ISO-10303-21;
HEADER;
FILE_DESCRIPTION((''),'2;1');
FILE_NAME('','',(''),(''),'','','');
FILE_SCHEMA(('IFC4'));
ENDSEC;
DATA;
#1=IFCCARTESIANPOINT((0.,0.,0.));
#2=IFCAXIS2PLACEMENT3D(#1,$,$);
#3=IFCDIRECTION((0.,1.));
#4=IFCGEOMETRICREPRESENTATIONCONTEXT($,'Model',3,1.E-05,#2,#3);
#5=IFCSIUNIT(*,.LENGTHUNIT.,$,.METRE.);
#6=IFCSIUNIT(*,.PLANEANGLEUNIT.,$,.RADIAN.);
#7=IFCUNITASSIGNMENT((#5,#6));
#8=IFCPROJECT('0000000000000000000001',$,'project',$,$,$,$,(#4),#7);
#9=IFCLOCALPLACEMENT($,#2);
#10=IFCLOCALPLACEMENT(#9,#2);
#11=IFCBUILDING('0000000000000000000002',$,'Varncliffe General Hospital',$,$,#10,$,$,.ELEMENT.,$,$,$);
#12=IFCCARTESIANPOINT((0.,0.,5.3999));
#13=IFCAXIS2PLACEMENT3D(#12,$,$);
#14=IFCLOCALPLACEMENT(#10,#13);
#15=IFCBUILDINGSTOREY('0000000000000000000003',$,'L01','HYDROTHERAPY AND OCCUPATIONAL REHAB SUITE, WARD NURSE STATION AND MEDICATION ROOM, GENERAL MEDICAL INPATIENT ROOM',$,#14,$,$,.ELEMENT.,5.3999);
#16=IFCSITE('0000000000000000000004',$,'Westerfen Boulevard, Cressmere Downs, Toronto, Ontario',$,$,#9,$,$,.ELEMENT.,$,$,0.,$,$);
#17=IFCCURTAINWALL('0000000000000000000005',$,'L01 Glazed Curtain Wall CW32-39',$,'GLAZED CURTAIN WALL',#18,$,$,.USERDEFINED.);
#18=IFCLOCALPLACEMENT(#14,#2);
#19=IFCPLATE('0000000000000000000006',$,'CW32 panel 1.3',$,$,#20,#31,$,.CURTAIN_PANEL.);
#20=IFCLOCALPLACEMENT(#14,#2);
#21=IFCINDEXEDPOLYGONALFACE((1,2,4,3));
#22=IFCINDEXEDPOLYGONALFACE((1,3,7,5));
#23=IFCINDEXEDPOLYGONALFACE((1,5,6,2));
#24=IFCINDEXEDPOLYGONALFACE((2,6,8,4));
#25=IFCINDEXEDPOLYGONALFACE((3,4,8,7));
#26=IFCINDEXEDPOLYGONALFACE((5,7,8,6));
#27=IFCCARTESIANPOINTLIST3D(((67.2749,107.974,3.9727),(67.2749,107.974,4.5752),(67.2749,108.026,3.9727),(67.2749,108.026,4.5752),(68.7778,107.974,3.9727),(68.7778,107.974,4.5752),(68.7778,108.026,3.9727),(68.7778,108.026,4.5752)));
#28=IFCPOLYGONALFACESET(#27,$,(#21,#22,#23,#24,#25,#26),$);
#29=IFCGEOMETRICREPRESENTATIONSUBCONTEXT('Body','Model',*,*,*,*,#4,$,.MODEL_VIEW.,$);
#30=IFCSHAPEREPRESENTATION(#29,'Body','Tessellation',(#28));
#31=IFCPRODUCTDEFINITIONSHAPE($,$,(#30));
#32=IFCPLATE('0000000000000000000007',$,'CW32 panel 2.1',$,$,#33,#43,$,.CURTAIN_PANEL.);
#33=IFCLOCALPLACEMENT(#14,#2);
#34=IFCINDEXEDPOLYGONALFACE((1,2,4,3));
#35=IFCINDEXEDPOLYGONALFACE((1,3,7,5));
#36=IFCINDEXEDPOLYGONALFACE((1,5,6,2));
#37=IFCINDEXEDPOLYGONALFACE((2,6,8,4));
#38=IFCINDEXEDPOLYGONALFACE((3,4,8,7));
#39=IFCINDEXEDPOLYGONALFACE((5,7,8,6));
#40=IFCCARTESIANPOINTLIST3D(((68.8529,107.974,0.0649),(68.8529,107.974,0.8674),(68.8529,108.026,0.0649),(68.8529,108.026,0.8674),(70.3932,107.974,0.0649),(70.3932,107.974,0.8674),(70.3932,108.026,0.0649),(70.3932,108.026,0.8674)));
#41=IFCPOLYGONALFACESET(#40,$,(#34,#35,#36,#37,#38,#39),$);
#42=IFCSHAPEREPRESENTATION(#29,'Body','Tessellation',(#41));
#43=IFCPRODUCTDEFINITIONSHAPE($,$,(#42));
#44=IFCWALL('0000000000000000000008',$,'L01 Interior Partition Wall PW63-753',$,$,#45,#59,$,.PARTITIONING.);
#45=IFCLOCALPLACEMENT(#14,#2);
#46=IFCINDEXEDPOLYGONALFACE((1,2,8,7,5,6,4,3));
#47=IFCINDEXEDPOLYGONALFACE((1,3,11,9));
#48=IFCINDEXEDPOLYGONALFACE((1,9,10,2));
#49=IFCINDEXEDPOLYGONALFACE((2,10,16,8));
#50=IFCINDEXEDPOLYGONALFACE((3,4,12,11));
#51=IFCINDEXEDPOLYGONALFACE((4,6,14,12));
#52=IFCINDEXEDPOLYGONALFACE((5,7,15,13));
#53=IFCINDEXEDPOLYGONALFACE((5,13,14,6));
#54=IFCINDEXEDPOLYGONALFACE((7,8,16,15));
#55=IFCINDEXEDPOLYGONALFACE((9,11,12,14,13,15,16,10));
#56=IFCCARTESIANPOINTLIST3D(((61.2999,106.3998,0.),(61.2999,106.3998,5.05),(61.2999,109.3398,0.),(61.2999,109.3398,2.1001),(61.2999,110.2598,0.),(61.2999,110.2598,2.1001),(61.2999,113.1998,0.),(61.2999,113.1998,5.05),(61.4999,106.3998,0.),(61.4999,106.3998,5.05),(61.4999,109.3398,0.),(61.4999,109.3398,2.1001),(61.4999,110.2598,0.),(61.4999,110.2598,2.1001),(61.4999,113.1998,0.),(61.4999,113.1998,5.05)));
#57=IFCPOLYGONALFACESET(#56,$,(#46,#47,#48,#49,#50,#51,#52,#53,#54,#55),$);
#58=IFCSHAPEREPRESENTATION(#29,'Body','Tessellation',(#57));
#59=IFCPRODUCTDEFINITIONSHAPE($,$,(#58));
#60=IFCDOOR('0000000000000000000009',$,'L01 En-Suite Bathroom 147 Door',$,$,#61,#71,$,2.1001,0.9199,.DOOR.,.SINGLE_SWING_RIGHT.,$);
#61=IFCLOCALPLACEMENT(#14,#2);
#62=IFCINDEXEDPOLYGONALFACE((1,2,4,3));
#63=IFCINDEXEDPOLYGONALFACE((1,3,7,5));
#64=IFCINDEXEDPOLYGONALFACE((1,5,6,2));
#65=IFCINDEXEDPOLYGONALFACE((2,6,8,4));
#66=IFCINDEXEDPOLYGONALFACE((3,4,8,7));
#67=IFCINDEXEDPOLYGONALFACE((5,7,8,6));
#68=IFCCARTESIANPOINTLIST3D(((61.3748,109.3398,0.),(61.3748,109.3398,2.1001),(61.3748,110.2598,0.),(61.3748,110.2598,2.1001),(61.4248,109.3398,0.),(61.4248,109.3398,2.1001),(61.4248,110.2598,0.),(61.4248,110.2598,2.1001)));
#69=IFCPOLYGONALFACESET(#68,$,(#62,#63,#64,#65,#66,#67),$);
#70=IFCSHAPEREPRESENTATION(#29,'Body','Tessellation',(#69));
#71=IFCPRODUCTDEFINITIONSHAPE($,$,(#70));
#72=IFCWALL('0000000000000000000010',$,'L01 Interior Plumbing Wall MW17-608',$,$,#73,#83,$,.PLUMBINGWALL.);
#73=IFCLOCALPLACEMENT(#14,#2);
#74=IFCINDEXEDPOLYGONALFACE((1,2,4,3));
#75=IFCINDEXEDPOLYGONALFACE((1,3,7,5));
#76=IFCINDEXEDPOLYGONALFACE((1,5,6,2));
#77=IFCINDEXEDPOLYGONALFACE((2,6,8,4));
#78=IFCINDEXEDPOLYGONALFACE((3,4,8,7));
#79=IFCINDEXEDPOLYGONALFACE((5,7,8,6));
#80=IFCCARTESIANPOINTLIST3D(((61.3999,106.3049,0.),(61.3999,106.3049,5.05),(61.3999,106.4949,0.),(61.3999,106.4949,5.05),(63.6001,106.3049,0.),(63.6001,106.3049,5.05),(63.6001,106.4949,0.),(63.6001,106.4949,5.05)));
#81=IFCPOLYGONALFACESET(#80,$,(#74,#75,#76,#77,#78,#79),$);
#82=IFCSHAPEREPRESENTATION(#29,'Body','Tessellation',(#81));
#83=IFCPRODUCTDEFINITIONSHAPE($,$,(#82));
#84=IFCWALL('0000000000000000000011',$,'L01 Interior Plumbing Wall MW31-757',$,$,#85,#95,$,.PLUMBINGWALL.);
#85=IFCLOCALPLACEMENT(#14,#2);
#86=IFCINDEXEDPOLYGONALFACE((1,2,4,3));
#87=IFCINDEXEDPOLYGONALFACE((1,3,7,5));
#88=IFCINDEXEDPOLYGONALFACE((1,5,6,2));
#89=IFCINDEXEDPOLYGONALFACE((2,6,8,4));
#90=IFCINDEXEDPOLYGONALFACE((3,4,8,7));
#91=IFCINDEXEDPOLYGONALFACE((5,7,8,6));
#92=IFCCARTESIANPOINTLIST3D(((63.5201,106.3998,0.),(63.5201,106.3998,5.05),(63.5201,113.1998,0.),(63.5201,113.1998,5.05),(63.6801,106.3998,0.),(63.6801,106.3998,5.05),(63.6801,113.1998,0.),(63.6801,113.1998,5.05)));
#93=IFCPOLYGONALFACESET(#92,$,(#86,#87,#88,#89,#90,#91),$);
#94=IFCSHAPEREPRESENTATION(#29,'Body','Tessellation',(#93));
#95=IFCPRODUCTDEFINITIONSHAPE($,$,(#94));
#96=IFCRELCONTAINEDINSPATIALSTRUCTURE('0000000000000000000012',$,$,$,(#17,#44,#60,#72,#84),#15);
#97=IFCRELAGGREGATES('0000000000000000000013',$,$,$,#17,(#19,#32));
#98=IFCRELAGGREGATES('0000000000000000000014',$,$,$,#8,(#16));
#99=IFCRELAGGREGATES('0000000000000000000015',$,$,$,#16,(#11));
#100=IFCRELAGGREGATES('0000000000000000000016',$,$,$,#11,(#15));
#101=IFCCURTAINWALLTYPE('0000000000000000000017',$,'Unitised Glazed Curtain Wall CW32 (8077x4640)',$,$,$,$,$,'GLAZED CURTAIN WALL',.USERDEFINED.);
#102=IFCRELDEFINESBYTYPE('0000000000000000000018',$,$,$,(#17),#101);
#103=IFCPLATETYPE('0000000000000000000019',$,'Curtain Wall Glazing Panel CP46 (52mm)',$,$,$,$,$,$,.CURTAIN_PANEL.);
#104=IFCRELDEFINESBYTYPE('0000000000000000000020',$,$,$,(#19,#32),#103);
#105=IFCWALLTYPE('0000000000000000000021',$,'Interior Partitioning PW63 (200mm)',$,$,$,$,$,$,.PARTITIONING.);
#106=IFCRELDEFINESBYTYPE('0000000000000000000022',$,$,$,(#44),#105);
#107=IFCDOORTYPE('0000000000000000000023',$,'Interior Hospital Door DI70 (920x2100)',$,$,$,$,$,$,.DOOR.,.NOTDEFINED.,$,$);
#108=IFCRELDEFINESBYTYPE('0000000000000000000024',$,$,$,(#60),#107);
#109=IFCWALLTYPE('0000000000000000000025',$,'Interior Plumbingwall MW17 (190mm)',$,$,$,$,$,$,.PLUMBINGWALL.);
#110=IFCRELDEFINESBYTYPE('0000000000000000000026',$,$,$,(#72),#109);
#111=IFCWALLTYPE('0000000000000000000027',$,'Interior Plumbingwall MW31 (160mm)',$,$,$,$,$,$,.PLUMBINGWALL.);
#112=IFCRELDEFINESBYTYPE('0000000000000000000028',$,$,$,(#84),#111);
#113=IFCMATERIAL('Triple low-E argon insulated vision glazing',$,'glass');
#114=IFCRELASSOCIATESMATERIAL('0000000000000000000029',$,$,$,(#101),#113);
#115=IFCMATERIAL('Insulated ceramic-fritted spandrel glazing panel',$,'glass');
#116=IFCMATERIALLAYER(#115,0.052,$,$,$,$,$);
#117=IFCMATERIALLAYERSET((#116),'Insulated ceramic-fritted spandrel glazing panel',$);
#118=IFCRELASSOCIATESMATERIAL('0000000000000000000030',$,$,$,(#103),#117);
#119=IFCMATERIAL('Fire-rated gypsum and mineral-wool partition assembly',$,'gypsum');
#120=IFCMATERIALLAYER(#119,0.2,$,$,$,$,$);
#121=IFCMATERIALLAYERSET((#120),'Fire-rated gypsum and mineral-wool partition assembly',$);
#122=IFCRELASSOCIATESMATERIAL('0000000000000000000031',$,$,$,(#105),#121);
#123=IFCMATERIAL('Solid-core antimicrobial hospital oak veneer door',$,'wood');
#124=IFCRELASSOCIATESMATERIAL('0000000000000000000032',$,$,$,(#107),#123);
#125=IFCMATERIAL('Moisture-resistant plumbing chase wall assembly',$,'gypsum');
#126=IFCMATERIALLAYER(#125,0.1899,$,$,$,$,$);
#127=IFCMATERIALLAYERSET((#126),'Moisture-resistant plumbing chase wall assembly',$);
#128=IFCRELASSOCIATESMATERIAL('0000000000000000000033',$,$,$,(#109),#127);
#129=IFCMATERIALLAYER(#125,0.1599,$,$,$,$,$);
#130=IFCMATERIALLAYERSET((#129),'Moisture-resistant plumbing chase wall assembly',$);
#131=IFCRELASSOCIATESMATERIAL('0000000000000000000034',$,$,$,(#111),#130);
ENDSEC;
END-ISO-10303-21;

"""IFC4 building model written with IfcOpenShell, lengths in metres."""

from ifc_helpers import new_model, si_unit, direction, frame, frame_2d, origin, origin_2d, place, context, subcontext, project, spatial, rectangle, extrude, material, layer, layer_set, type_object, element, fill, aggregate, save


model = new_model("IFC4")

# Units and contexts
model_context = context("Model", 3, precision=1e-05, world=origin(), true_north=direction((0.0, 1.0)))
body_context = subcontext(model_context, "Body", "Model", "MODEL_VIEW")
ifc_project = project(units=[si_unit("LENGTHUNIT", "METRE"), si_unit("PLANEANGLEUNIT", "RADIAN")], contexts=[model_context])

# Site, building, storey
site_placement = place(None, origin())
site = spatial("IfcSite", under=ifc_project, at=site_placement, Name="Westerfen Boulevard, Cressmere Downs, Toronto, Ontario", CompositionType="ELEMENT", RefElevation=0.0)
building_placement = place(site_placement, origin())
building = spatial("IfcBuilding", under=site, at=building_placement, Name="Varncliffe General Hospital", CompositionType="ELEMENT")
storey_placement = place(building_placement, frame((0.0, 0.0, 5.3999)))
storey = spatial("IfcBuildingStorey", under=building, at=storey_placement, Name="L01", Description="HYDROTHERAPY AND OCCUPATIONAL REHAB SUITE, WARD NURSE STATION AND MEDICATION ROOM, GENERAL MEDICAL INPATIENT ROOM", CompositionType="ELEMENT", Elevation=5.3999)

# Curtain wall, plates
ifc_material_1 = material(Name="Triple low-E argon insulated vision glazing", Category="glass")
curtain_wall_type = type_object("IfcCurtainWallType", Name="Unitised Glazed Curtain Wall CW32 (8077x4640)", ElementType="GLAZED CURTAIN WALL", PredefinedType="USERDEFINED", material=ifc_material_1)
curtain_wall_placement = place(storey_placement, origin())
curtain_wall = element("IfcCurtainWall", 1, at=curtain_wall_placement, inside=storey, type_object=curtain_wall_type, Name="L01 Glazed Curtain Wall CW32-39", ObjectType="GLAZED CURTAIN WALL", PredefinedType="USERDEFINED")
ifc_material_2 = material(Name="Insulated ceramic-fritted spandrel glazing panel", Category="glass")
ifc_layer_1 = layer(ifc_material_2, 0.052)
ifc_layer_set_1 = layer_set([ifc_layer_1], Name="Insulated ceramic-fritted spandrel glazing panel")
plate_type = type_object("IfcPlateType", Name="Curtain Wall Glazing Panel CP46 (52mm)", PredefinedType="CURTAIN_PANEL", material=ifc_layer_set_1)
plate_1_placement = place(storey_placement, frame((68.0264, 108.0, 3.9727), z_axis=(0.0, 0.0, 1.0), x_axis=(1.0, 0.0, 0.0)))
plate_1 = element("IfcPlate", 2, at=plate_1_placement, type_object=plate_type, Name="CW32 panel 1.3", PredefinedType="CURTAIN_PANEL", context=body_context, shape_type="SweptSolid", body=[
    extrude(rectangle(XDim=1.5029, YDim=0.052, at=origin_2d()), origin(), (0.0, 0.0, 1.0), 0.6025),
])
plate_2_placement = place(storey_placement, frame((69.623, 108.0, 0.0649), z_axis=(0.0, 0.0, 1.0), x_axis=(1.0, 0.0, 0.0)))
plate_2 = element("IfcPlate", 3, at=plate_2_placement, type_object=plate_type, Name="CW32 panel 2.1", PredefinedType="CURTAIN_PANEL", context=body_context, shape_type="SweptSolid", body=[
    extrude(rectangle(XDim=1.5403, YDim=0.052, at=origin_2d()), origin(), (0.0, 0.0, 1.0), 0.8025),
])
aggregate(curtain_wall, [plate_1, plate_2])

# Wall, opening, door
ifc_material_3 = material(Name="Fire-rated gypsum and mineral-wool partition assembly", Category="gypsum")
ifc_layer_2 = layer(ifc_material_3, 0.2)
ifc_layer_set_2 = layer_set([ifc_layer_2], Name="Fire-rated gypsum and mineral-wool partition assembly")
wall_type_1 = type_object("IfcWallType", Name="Interior Partitioning PW63 (200mm)", PredefinedType="PARTITIONING", material=ifc_layer_set_2)
wall_1_placement = place(storey_placement, frame((61.3999, 106.3999, 0.0), z_axis=(0.0, 0.0, 1.0), x_axis=(0.0, 1.0, 0.0)))
wall_1 = element("IfcWall", 4, at=wall_1_placement, inside=storey, type_object=wall_type_1, Name="L01 Interior Partition Wall PW63-753", PredefinedType="PARTITIONING", context=body_context, shape_type="SweptSolid", body=[
    extrude(rectangle(XDim=6.8, YDim=0.2, at=frame_2d((3.3999, 0.0))), origin(), (0.0, 0.0, 1.0), 5.05),
])
opening_placement = place(wall_1_placement, frame((2.9399, 0.0, 0.0)))
opening = element("IfcOpeningElement", 5, at=opening_placement, cuts=wall_1, PredefinedType="OPENING", context=body_context, shape_type="SweptSolid", body=[
    extrude(rectangle(XDim=0.9199, YDim=2.1001, at=frame_2d((0.46, 1.05))), frame((0.0, 0.1099, 0.0), z_axis=(0.0, -1.0, 0.0), x_axis=(1.0, 0.0, 0.0)), (0.0, 0.0, 1.0), 0.22),
])
ifc_material_4 = material(Name="Solid-core antimicrobial hospital oak veneer door", Category="wood")
door_type = type_object("IfcDoorType", Name="Interior Hospital Door DI70 (920x2100)", OperationType="NOTDEFINED", PredefinedType="DOOR", material=ifc_material_4)
door_placement = place(opening_placement, frame((0.9199, 0.0, 0.0), z_axis=(0.0, 0.0, 1.0), x_axis=(-1.0, 0.0, 0.0)))
door = element("IfcDoor", 6, at=door_placement, inside=storey, type_object=door_type, Name="L01 En-Suite Bathroom 147 Door", OperationType="SINGLE_SWING_RIGHT", OverallHeight=2.1001, OverallWidth=0.9199, PredefinedType="DOOR", context=body_context, shape_type="SweptSolid", body=[
    extrude(rectangle(XDim=0.9199, YDim=2.1001, at=frame_2d((0.46, 1.05))), frame((0.0, 0.0249, 0.0), z_axis=(0.0, -1.0, 0.0), x_axis=(1.0, 0.0, 0.0)), (0.0, 0.0, 1.0), 0.05),
])
fill(opening, door)

# Walls
ifc_material_5 = material(Name="Moisture-resistant plumbing chase wall assembly", Category="gypsum")
ifc_layer_3 = layer(ifc_material_5, 0.1899)
ifc_layer_set_3 = layer_set([ifc_layer_3], Name="Moisture-resistant plumbing chase wall assembly")
wall_type_2 = type_object("IfcWallType", Name="Interior Plumbingwall MW17 (190mm)", PredefinedType="PLUMBINGWALL", material=ifc_layer_set_3)
wall_2_placement = place(storey_placement, frame((61.3999, 106.3999, 0.0), z_axis=(0.0, 0.0, 1.0), x_axis=(1.0, 0.0, 0.0)))
element("IfcWall", 7, at=wall_2_placement, inside=storey, type_object=wall_type_2, Name="L01 Interior Plumbing Wall MW17-608", PredefinedType="PLUMBINGWALL", context=body_context, shape_type="SweptSolid", body=[
    extrude(rectangle(XDim=2.2002, YDim=0.1899, at=frame_2d((1.1001, 0.0))), origin(), (0.0, 0.0, 1.0), 5.05),
])
ifc_layer_4 = layer(ifc_material_5, 0.1599)
ifc_layer_set_4 = layer_set([ifc_layer_4], Name="Moisture-resistant plumbing chase wall assembly")
wall_type_3 = type_object("IfcWallType", Name="Interior Plumbingwall MW31 (160mm)", PredefinedType="PLUMBINGWALL", material=ifc_layer_set_4)
wall_3_placement = place(storey_placement, frame((63.6001, 106.3999, 0.0), z_axis=(0.0, 0.0, 1.0), x_axis=(0.0, 1.0, 0.0)))
element("IfcWall", 8, at=wall_3_placement, inside=storey, type_object=wall_type_3, Name="L01 Interior Plumbing Wall MW31-757", PredefinedType="PLUMBINGWALL", context=body_context, shape_type="SweptSolid", body=[
    extrude(rectangle(XDim=6.8, YDim=0.1599, at=frame_2d((3.3999, 0.0))), origin(), (0.0, 0.0, 1.0), 5.05),
])

save(model, "model.ifc")
